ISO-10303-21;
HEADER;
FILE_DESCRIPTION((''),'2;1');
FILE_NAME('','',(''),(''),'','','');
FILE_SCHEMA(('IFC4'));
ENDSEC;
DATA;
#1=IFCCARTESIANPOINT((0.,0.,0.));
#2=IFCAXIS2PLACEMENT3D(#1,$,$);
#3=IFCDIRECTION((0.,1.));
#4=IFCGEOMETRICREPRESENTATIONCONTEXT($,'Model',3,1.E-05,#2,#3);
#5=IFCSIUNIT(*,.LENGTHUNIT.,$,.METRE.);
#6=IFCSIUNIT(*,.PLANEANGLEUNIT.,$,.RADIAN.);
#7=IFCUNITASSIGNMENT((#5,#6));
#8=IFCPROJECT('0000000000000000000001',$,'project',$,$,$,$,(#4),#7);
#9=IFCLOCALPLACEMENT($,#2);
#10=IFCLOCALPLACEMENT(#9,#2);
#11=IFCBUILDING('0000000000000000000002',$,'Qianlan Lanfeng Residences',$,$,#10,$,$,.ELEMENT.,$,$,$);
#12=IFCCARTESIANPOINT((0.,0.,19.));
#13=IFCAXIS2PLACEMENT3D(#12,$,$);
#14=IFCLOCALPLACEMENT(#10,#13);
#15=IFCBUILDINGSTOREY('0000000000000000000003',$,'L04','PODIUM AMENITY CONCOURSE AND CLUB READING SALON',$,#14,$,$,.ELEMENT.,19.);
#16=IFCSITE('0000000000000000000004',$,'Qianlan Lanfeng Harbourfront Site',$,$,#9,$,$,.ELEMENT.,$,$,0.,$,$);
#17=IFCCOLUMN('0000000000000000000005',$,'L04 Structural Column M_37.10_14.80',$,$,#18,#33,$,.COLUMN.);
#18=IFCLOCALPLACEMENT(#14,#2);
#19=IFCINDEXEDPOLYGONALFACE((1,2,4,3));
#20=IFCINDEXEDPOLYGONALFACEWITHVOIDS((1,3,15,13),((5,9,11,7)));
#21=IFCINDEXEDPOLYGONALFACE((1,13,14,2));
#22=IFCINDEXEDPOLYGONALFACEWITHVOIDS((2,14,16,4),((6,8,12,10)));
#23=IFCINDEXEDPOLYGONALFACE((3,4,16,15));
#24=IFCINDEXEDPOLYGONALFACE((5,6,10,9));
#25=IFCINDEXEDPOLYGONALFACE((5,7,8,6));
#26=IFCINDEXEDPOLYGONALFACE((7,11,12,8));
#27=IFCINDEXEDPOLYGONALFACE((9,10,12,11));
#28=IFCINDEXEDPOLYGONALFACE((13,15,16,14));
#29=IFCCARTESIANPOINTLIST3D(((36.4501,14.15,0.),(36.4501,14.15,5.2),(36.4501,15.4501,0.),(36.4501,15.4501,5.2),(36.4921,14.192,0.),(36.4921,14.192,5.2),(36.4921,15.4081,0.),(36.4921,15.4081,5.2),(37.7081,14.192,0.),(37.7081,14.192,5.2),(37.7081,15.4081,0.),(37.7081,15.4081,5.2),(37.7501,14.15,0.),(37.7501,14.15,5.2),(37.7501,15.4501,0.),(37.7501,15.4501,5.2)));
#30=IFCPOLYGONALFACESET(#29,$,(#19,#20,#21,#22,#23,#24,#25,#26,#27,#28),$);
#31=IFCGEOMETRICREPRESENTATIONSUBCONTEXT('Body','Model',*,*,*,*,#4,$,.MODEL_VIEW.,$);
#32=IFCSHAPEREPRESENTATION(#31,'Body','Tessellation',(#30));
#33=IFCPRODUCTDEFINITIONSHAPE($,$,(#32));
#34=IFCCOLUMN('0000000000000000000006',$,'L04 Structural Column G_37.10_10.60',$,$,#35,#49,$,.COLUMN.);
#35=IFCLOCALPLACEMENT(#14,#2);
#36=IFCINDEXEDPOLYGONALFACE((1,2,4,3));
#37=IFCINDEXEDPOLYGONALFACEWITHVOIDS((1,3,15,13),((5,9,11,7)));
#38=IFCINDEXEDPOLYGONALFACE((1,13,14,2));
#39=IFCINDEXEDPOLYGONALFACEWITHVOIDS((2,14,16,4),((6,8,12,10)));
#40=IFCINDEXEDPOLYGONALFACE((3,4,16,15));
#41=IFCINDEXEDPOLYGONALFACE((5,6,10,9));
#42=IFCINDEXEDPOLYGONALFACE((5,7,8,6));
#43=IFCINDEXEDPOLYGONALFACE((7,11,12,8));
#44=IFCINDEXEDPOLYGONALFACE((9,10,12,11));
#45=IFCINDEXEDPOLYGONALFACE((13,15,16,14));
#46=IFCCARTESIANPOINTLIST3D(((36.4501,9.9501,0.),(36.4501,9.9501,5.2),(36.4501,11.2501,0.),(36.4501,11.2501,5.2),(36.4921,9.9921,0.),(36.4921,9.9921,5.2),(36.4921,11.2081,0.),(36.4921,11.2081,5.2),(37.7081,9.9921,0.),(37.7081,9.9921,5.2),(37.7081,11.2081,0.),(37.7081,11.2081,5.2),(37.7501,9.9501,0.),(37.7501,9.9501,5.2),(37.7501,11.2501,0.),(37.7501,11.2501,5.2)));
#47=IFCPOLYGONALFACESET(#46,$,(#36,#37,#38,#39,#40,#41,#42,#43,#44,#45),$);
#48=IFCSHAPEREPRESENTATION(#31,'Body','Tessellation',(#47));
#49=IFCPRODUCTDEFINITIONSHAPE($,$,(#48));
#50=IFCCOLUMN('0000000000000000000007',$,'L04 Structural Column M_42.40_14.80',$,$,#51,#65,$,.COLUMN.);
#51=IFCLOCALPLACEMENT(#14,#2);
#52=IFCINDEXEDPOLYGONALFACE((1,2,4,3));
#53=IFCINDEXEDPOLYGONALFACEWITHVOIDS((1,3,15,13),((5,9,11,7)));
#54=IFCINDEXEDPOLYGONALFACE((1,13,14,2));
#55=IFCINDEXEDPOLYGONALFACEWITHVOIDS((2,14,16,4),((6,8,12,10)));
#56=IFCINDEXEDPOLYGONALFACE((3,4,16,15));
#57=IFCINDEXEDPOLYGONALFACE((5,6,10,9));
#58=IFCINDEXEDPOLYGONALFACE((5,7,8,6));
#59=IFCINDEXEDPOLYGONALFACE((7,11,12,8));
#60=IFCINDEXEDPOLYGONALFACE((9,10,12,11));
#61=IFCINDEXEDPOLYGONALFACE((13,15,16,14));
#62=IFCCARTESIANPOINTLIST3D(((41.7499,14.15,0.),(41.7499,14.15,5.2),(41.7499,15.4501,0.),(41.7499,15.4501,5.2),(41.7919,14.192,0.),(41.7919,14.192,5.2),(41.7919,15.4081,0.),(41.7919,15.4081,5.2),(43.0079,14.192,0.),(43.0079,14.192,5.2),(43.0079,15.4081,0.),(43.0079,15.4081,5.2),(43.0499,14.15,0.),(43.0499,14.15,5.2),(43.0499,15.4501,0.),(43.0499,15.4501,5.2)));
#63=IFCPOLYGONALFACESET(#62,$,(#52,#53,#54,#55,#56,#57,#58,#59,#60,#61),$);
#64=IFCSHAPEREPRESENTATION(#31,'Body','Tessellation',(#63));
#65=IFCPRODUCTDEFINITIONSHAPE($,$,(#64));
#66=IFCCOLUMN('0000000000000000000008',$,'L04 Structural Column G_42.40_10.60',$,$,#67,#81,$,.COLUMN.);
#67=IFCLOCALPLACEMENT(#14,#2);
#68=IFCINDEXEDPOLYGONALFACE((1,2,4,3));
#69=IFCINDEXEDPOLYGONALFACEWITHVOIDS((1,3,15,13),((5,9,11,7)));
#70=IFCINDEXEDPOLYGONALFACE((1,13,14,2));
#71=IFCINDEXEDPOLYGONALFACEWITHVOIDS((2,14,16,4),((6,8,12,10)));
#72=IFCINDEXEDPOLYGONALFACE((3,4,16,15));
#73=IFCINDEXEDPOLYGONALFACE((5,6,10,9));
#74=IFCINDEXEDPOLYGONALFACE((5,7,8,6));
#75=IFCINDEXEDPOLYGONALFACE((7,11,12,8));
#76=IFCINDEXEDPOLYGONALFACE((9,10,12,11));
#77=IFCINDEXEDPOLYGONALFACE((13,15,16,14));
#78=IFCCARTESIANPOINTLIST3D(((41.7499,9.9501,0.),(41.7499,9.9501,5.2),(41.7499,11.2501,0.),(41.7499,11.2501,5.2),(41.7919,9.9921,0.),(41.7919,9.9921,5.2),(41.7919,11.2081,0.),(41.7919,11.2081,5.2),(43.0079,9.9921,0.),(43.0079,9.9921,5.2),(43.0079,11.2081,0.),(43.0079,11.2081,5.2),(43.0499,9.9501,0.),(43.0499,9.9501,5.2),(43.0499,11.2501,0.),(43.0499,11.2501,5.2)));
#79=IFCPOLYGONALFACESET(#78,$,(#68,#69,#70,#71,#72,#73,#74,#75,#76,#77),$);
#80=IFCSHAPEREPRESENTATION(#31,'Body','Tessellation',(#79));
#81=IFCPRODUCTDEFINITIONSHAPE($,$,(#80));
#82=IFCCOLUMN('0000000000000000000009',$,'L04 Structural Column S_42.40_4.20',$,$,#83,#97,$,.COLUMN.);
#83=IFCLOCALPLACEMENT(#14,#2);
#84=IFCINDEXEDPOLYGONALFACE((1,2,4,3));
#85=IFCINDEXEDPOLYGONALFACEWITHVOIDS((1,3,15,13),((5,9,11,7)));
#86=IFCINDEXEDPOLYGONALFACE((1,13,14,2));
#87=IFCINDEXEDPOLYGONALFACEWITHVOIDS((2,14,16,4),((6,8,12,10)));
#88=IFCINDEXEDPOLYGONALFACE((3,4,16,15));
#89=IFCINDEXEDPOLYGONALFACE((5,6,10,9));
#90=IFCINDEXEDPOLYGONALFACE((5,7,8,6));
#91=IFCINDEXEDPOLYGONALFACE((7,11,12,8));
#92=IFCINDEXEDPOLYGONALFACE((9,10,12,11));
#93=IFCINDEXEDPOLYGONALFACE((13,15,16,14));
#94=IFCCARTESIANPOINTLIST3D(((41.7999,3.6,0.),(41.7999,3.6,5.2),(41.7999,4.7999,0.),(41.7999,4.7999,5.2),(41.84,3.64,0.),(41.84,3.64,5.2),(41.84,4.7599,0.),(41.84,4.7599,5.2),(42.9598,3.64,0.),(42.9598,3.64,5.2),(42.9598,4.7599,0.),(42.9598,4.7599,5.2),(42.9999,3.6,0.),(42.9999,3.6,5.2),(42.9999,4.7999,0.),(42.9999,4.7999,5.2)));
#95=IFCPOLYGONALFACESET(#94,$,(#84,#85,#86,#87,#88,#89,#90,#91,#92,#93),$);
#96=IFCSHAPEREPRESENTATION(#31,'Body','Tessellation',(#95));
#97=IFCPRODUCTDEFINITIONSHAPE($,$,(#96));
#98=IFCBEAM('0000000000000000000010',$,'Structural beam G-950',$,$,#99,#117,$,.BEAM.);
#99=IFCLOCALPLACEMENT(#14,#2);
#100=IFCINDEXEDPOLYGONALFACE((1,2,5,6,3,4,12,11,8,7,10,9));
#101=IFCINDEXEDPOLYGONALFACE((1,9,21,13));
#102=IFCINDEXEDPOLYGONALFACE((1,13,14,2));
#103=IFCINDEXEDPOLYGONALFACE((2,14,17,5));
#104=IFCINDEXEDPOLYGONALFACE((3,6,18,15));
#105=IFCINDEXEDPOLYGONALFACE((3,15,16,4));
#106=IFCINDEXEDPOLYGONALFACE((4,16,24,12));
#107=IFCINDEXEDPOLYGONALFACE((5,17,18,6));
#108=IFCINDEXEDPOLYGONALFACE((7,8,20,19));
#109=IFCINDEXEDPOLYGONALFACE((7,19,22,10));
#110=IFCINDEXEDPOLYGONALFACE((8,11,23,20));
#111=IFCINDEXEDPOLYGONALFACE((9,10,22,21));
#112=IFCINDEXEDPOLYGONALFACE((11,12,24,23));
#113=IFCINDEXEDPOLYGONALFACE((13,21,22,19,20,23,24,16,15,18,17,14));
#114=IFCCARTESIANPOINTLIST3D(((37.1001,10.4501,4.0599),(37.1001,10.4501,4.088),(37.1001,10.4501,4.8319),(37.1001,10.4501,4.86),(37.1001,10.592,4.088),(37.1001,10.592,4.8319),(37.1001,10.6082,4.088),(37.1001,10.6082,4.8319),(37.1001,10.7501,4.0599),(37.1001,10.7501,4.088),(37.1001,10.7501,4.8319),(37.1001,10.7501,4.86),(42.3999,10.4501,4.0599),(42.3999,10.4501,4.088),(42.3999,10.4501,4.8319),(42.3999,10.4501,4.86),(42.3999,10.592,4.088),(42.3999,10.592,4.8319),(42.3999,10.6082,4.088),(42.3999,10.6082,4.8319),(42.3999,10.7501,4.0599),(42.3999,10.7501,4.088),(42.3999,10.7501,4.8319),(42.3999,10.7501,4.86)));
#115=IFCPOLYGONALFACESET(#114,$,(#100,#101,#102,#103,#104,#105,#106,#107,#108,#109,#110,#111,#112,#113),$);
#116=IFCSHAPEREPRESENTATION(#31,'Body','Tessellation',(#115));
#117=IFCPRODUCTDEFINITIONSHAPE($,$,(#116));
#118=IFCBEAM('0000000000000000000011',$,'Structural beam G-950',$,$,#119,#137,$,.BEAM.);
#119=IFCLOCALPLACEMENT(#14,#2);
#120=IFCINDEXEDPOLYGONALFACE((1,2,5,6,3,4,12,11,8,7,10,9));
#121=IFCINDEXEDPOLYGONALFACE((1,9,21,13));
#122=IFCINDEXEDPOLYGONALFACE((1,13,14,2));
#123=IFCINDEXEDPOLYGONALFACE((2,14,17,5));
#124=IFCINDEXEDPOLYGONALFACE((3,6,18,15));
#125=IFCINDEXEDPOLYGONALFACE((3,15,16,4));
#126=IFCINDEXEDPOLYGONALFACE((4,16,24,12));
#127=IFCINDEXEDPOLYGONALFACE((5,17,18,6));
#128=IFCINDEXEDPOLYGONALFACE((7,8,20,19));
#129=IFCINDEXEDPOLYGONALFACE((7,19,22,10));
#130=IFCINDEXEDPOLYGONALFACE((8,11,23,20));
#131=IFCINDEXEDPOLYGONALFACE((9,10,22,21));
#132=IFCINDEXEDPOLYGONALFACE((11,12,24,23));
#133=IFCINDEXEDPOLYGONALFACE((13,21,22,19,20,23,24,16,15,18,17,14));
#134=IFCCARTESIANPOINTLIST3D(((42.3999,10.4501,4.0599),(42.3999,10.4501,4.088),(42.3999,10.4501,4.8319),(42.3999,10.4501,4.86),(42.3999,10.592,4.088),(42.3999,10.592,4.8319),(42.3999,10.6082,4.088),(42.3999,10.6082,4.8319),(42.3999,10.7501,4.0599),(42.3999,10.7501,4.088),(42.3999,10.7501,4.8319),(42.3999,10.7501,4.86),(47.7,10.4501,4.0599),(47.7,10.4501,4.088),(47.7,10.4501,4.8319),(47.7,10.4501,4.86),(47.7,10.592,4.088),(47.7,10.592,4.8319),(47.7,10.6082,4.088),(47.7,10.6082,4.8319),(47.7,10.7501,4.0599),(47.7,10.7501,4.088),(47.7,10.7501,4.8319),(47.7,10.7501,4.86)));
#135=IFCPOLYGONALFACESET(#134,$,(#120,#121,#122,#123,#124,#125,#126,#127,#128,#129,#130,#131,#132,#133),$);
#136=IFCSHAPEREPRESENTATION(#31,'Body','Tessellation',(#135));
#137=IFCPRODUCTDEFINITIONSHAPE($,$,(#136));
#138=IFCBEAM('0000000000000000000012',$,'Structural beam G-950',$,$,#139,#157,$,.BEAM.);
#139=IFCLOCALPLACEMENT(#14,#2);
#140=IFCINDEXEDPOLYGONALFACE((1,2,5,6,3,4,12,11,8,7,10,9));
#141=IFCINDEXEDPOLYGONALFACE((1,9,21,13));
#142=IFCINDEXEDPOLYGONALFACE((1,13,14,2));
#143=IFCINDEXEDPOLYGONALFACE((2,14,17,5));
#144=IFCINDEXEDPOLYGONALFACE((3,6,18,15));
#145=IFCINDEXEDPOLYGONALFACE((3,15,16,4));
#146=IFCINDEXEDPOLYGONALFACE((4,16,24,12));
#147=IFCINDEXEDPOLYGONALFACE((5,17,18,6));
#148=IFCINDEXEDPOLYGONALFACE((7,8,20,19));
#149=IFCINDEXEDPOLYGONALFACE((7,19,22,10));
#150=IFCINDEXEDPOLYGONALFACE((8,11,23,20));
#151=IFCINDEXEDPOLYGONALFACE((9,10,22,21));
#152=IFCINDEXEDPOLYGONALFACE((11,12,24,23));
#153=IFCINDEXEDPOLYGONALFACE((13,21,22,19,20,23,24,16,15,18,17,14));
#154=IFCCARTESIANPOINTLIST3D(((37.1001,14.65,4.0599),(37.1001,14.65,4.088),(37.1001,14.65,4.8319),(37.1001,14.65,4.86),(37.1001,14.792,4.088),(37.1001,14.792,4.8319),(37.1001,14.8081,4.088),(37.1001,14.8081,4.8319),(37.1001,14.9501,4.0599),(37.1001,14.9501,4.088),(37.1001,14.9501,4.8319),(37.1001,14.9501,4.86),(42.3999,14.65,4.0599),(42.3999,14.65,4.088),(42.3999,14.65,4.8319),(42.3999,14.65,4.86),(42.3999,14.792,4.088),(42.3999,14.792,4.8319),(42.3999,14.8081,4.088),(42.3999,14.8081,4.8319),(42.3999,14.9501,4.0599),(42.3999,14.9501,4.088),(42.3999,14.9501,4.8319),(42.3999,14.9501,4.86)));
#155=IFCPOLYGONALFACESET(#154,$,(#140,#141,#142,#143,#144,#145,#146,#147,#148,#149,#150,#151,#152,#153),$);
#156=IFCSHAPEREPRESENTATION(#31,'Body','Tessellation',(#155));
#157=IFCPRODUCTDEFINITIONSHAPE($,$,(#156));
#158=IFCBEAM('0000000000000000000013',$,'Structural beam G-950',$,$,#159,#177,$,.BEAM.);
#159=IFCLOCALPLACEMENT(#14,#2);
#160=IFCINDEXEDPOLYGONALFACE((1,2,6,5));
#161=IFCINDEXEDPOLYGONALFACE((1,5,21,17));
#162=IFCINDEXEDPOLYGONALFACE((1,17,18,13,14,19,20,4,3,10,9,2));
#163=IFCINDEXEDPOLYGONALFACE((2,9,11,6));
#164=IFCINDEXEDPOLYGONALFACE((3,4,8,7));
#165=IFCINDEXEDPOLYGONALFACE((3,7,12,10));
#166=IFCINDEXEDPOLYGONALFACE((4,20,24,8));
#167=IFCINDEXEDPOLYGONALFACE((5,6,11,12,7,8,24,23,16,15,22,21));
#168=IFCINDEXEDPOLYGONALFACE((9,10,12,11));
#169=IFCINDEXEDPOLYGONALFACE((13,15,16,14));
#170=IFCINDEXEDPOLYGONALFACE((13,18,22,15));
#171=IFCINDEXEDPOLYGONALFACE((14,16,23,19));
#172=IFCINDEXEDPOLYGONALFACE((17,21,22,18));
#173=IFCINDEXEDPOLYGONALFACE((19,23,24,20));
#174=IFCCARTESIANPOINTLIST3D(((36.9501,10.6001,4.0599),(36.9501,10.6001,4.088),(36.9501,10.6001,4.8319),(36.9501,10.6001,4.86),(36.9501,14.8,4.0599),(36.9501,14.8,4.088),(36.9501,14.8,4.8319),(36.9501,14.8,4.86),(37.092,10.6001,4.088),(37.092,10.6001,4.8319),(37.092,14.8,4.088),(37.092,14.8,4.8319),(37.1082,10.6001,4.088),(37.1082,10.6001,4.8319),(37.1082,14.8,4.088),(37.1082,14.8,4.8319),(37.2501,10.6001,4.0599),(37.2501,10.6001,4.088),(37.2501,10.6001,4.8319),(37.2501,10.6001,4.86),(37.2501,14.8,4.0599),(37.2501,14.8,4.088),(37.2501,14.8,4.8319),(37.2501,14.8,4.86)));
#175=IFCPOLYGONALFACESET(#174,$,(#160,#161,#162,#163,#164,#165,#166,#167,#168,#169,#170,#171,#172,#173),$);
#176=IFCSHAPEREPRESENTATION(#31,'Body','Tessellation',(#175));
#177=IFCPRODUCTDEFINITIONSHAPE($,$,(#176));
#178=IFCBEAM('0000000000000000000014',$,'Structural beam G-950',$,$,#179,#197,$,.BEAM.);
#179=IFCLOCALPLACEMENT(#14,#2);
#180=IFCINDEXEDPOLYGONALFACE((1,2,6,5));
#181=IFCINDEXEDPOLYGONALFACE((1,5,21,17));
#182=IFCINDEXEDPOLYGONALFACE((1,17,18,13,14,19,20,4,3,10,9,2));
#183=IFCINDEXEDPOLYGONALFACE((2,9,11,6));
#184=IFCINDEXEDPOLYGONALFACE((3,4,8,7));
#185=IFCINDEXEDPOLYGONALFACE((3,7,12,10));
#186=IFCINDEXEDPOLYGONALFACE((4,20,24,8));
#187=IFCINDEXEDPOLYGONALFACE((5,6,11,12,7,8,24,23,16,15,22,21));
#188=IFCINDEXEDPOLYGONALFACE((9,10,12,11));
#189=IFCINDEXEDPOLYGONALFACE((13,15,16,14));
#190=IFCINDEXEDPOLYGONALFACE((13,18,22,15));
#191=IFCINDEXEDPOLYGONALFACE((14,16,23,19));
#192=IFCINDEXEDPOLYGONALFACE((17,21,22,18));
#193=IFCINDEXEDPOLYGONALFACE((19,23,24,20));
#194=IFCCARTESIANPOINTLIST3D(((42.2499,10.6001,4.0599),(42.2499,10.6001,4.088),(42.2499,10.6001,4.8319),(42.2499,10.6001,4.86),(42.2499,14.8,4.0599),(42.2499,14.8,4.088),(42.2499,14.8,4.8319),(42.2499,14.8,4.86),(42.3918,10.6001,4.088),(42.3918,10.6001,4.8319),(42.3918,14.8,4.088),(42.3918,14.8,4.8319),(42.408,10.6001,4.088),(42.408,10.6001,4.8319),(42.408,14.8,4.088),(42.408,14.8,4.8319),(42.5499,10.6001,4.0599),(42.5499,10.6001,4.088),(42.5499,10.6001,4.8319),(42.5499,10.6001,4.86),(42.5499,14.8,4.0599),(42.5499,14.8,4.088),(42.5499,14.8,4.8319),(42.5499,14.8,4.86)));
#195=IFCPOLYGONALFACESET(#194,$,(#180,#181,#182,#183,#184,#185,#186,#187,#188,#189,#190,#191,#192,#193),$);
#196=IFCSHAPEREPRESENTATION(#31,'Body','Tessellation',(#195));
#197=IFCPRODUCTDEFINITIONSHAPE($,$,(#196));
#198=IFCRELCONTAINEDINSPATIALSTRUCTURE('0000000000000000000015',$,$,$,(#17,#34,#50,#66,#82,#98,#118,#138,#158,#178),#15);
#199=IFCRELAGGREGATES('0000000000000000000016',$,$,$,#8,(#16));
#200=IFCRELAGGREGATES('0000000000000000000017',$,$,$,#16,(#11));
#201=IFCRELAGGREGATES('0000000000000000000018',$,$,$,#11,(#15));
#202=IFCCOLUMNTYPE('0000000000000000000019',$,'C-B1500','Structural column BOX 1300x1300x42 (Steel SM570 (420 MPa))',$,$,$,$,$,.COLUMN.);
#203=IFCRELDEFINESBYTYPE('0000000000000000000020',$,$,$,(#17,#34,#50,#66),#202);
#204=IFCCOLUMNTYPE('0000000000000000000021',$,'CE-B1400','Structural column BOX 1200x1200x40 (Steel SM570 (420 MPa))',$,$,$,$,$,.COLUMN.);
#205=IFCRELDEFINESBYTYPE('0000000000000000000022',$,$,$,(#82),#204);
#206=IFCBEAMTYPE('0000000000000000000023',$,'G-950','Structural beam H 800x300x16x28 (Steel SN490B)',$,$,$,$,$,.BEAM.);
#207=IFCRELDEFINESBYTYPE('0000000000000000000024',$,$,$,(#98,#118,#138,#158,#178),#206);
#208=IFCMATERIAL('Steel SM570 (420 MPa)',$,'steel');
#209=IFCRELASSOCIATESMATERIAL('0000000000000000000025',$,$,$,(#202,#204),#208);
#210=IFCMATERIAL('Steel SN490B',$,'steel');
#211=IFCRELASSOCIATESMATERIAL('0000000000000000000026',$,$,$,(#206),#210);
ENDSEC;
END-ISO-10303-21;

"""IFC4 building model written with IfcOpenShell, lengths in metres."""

from ifc_helpers import new_model, si_unit, direction, frame, origin, origin_2d, place, context, subcontext, project, spatial, hollow_rectangle, i_section, extrude, material, material_profile, profile_set, type_object, element, save


model = new_model("IFC4")

# Units and contexts
model_context = context("Model", 3, precision=1e-05, world=origin(), true_north=direction((0.0, 1.0)))
body_context = subcontext(model_context, "Body", "Model", "MODEL_VIEW")
ifc_project = project(units=[si_unit("LENGTHUNIT", "METRE"), si_unit("PLANEANGLEUNIT", "RADIAN")], contexts=[model_context])

# Site, building, storey
site_placement = place(None, origin())
site = spatial("IfcSite", under=ifc_project, at=site_placement, Name="Qianlan Lanfeng Harbourfront Site", CompositionType="ELEMENT", RefElevation=0.0)
building_placement = place(site_placement, origin())
building = spatial("IfcBuilding", under=site, at=building_placement, Name="Qianlan Lanfeng Residences", CompositionType="ELEMENT")
storey_placement = place(building_placement, frame((0.0, 0.0, 19.0)))
storey = spatial("IfcBuildingStorey", under=building, at=storey_placement, Name="L04", Description="PODIUM AMENITY CONCOURSE AND CLUB READING SALON", CompositionType="ELEMENT", Elevation=19.0)

# Columns
ifc_material_1 = material(Name="Steel SM570 (420 MPa)", Category="steel")
ifc_material_profile_1 = material_profile(ifc_material_1, hollow_rectangle(XDim=1.3, YDim=1.3, WallThickness=0.042, at=origin_2d()), Name="BOX 1300x1300x42")
ifc_profile_set_1 = profile_set([ifc_material_profile_1], Name="Steel SM570 (420 MPa)")
column_type_1 = type_object("IfcColumnType", Name="C-B1500", Description="Structural column BOX 1300x1300x42 (Steel SM570 (420 MPa))", PredefinedType="COLUMN", material=ifc_profile_set_1)
for number, where, z_axis, x_axis, name in (
    (1, (37.1001, 14.8, 0.0), (0.0, 0.0, 1.0), (1.0, 0.0, 0.0), "L04 Structural Column M_37.10_14.80"),
    (2, (37.1001, 10.6001, 0.0), (0.0, 0.0, 1.0), (1.0, 0.0, 0.0), "L04 Structural Column G_37.10_10.60"),
    (3, (42.3999, 14.8, 0.0), (0.0, 0.0, 1.0), (1.0, 0.0, 0.0), "L04 Structural Column M_42.40_14.80"),
    (4, (42.3999, 10.6001, 0.0), (0.0, 0.0, 1.0), (1.0, 0.0, 0.0), "L04 Structural Column G_42.40_10.60"),
):
    element("IfcColumn", number, at=place(storey_placement, frame(where, z_axis=z_axis, x_axis=x_axis)), inside=storey, type_object=column_type_1, Name=name, PredefinedType="COLUMN", context=body_context, shape_type="SweptSolid", body=[
        extrude(hollow_rectangle(XDim=1.3, YDim=1.3, WallThickness=0.042, at=origin_2d()), origin(), (0.0, 0.0, 1.0), 5.2),
    ])
ifc_material_profile_2 = material_profile(ifc_material_1, hollow_rectangle(XDim=1.2, YDim=1.2, WallThickness=0.04, at=origin_2d()), Name="BOX 1200x1200x40")
ifc_profile_set_2 = profile_set([ifc_material_profile_2], Name="Steel SM570 (420 MPa)")
column_type_2 = type_object("IfcColumnType", Name="CE-B1400", Description="Structural column BOX 1200x1200x40 (Steel SM570 (420 MPa))", PredefinedType="COLUMN", material=ifc_profile_set_2)
column_placement = place(storey_placement, frame((42.3999, 4.2, 0.0), z_axis=(0.0, 0.0, 1.0), x_axis=(1.0, 0.0, 0.0)))
element("IfcColumn", 5, at=column_placement, inside=storey, type_object=column_type_2, Name="L04 Structural Column S_42.40_4.20", PredefinedType="COLUMN", context=body_context, shape_type="SweptSolid", body=[
    extrude(hollow_rectangle(XDim=1.2, YDim=1.2, WallThickness=0.04, at=origin_2d()), origin(), (0.0, 0.0, 1.0), 5.2),
])

# Beams
ifc_material_2 = material(Name="Steel SN490B", Category="steel")
ifc_material_profile_3 = material_profile(ifc_material_2, i_section(OverallWidth=0.3, OverallDepth=0.8, WebThickness=0.0161, FlangeThickness=0.0281, at=origin_2d()), Name="H 800x300x16x28")
ifc_profile_set_3 = profile_set([ifc_material_profile_3], Name="Steel SN490B")
beam_type_1 = type_object("IfcBeamType", Name="G-950", Description="Structural beam H 800x300x16x28 (Steel SN490B)", PredefinedType="BEAM", material=ifc_profile_set_3)
beam_1_placement = place(storey_placement, frame((37.1001, 10.6001, 4.46), z_axis=(1.0, 0.0, 0.0), x_axis=(0.0, 1.0, 0.0)))
element("IfcBeam", 6, at=beam_1_placement, inside=storey, type_object=beam_type_1, Name="Structural beam G-950", PredefinedType="BEAM", context=body_context, shape_type="SweptSolid", body=[
    extrude(i_section(OverallWidth=0.3, OverallDepth=0.8, WebThickness=0.0161, FlangeThickness=0.0281, at=origin_2d()), origin(), (0.0, 0.0, 1.0), 5.2998),
])
beam_2_placement = place(storey_placement, frame((42.3999, 10.6001, 4.46), z_axis=(1.0, 0.0, 0.0), x_axis=(0.0, 1.0, 0.0)))
element("IfcBeam", 7, at=beam_2_placement, inside=storey, type_object=beam_type_1, Name="Structural beam G-950", PredefinedType="BEAM", context=body_context, shape_type="SweptSolid", body=[
    extrude(i_section(OverallWidth=0.3, OverallDepth=0.8, WebThickness=0.0161, FlangeThickness=0.0281, at=origin_2d()), origin(), (0.0, 0.0, 1.0), 5.3),
])
beam_3_placement = place(storey_placement, frame((37.1001, 14.8, 4.46), z_axis=(1.0, 0.0, 0.0), x_axis=(0.0, 1.0, 0.0)))
element("IfcBeam", 8, at=beam_3_placement, inside=storey, type_object=beam_type_1, Name="Structural beam G-950", PredefinedType="BEAM", context=body_context, shape_type="SweptSolid", body=[
    extrude(i_section(OverallWidth=0.3, OverallDepth=0.8, WebThickness=0.0161, FlangeThickness=0.0281, at=origin_2d()), origin(), (0.0, 0.0, 1.0), 5.2998),
])
for number, where, z_axis, x_axis, name in (
    (9, (37.1001, 10.6001, 4.46), (0.0, 1.0, 0.0), (-1.0, 0.0, 0.0), "Structural beam G-950"),
    (10, (42.3999, 10.6001, 4.46), (0.0, 1.0, 0.0), (-1.0, 0.0, 0.0), "Structural beam G-950"),
):
    element("IfcBeam", number, at=place(storey_placement, frame(where, z_axis=z_axis, x_axis=x_axis)), inside=storey, type_object=beam_type_1, Name=name, PredefinedType="BEAM", context=body_context, shape_type="SweptSolid", body=[
        extrude(i_section(OverallWidth=0.3, OverallDepth=0.8, WebThickness=0.0161, FlangeThickness=0.0281, at=origin_2d()), origin(), (0.0, 0.0, 1.0), 4.2),
    ])

save(model, "model.ifc")
